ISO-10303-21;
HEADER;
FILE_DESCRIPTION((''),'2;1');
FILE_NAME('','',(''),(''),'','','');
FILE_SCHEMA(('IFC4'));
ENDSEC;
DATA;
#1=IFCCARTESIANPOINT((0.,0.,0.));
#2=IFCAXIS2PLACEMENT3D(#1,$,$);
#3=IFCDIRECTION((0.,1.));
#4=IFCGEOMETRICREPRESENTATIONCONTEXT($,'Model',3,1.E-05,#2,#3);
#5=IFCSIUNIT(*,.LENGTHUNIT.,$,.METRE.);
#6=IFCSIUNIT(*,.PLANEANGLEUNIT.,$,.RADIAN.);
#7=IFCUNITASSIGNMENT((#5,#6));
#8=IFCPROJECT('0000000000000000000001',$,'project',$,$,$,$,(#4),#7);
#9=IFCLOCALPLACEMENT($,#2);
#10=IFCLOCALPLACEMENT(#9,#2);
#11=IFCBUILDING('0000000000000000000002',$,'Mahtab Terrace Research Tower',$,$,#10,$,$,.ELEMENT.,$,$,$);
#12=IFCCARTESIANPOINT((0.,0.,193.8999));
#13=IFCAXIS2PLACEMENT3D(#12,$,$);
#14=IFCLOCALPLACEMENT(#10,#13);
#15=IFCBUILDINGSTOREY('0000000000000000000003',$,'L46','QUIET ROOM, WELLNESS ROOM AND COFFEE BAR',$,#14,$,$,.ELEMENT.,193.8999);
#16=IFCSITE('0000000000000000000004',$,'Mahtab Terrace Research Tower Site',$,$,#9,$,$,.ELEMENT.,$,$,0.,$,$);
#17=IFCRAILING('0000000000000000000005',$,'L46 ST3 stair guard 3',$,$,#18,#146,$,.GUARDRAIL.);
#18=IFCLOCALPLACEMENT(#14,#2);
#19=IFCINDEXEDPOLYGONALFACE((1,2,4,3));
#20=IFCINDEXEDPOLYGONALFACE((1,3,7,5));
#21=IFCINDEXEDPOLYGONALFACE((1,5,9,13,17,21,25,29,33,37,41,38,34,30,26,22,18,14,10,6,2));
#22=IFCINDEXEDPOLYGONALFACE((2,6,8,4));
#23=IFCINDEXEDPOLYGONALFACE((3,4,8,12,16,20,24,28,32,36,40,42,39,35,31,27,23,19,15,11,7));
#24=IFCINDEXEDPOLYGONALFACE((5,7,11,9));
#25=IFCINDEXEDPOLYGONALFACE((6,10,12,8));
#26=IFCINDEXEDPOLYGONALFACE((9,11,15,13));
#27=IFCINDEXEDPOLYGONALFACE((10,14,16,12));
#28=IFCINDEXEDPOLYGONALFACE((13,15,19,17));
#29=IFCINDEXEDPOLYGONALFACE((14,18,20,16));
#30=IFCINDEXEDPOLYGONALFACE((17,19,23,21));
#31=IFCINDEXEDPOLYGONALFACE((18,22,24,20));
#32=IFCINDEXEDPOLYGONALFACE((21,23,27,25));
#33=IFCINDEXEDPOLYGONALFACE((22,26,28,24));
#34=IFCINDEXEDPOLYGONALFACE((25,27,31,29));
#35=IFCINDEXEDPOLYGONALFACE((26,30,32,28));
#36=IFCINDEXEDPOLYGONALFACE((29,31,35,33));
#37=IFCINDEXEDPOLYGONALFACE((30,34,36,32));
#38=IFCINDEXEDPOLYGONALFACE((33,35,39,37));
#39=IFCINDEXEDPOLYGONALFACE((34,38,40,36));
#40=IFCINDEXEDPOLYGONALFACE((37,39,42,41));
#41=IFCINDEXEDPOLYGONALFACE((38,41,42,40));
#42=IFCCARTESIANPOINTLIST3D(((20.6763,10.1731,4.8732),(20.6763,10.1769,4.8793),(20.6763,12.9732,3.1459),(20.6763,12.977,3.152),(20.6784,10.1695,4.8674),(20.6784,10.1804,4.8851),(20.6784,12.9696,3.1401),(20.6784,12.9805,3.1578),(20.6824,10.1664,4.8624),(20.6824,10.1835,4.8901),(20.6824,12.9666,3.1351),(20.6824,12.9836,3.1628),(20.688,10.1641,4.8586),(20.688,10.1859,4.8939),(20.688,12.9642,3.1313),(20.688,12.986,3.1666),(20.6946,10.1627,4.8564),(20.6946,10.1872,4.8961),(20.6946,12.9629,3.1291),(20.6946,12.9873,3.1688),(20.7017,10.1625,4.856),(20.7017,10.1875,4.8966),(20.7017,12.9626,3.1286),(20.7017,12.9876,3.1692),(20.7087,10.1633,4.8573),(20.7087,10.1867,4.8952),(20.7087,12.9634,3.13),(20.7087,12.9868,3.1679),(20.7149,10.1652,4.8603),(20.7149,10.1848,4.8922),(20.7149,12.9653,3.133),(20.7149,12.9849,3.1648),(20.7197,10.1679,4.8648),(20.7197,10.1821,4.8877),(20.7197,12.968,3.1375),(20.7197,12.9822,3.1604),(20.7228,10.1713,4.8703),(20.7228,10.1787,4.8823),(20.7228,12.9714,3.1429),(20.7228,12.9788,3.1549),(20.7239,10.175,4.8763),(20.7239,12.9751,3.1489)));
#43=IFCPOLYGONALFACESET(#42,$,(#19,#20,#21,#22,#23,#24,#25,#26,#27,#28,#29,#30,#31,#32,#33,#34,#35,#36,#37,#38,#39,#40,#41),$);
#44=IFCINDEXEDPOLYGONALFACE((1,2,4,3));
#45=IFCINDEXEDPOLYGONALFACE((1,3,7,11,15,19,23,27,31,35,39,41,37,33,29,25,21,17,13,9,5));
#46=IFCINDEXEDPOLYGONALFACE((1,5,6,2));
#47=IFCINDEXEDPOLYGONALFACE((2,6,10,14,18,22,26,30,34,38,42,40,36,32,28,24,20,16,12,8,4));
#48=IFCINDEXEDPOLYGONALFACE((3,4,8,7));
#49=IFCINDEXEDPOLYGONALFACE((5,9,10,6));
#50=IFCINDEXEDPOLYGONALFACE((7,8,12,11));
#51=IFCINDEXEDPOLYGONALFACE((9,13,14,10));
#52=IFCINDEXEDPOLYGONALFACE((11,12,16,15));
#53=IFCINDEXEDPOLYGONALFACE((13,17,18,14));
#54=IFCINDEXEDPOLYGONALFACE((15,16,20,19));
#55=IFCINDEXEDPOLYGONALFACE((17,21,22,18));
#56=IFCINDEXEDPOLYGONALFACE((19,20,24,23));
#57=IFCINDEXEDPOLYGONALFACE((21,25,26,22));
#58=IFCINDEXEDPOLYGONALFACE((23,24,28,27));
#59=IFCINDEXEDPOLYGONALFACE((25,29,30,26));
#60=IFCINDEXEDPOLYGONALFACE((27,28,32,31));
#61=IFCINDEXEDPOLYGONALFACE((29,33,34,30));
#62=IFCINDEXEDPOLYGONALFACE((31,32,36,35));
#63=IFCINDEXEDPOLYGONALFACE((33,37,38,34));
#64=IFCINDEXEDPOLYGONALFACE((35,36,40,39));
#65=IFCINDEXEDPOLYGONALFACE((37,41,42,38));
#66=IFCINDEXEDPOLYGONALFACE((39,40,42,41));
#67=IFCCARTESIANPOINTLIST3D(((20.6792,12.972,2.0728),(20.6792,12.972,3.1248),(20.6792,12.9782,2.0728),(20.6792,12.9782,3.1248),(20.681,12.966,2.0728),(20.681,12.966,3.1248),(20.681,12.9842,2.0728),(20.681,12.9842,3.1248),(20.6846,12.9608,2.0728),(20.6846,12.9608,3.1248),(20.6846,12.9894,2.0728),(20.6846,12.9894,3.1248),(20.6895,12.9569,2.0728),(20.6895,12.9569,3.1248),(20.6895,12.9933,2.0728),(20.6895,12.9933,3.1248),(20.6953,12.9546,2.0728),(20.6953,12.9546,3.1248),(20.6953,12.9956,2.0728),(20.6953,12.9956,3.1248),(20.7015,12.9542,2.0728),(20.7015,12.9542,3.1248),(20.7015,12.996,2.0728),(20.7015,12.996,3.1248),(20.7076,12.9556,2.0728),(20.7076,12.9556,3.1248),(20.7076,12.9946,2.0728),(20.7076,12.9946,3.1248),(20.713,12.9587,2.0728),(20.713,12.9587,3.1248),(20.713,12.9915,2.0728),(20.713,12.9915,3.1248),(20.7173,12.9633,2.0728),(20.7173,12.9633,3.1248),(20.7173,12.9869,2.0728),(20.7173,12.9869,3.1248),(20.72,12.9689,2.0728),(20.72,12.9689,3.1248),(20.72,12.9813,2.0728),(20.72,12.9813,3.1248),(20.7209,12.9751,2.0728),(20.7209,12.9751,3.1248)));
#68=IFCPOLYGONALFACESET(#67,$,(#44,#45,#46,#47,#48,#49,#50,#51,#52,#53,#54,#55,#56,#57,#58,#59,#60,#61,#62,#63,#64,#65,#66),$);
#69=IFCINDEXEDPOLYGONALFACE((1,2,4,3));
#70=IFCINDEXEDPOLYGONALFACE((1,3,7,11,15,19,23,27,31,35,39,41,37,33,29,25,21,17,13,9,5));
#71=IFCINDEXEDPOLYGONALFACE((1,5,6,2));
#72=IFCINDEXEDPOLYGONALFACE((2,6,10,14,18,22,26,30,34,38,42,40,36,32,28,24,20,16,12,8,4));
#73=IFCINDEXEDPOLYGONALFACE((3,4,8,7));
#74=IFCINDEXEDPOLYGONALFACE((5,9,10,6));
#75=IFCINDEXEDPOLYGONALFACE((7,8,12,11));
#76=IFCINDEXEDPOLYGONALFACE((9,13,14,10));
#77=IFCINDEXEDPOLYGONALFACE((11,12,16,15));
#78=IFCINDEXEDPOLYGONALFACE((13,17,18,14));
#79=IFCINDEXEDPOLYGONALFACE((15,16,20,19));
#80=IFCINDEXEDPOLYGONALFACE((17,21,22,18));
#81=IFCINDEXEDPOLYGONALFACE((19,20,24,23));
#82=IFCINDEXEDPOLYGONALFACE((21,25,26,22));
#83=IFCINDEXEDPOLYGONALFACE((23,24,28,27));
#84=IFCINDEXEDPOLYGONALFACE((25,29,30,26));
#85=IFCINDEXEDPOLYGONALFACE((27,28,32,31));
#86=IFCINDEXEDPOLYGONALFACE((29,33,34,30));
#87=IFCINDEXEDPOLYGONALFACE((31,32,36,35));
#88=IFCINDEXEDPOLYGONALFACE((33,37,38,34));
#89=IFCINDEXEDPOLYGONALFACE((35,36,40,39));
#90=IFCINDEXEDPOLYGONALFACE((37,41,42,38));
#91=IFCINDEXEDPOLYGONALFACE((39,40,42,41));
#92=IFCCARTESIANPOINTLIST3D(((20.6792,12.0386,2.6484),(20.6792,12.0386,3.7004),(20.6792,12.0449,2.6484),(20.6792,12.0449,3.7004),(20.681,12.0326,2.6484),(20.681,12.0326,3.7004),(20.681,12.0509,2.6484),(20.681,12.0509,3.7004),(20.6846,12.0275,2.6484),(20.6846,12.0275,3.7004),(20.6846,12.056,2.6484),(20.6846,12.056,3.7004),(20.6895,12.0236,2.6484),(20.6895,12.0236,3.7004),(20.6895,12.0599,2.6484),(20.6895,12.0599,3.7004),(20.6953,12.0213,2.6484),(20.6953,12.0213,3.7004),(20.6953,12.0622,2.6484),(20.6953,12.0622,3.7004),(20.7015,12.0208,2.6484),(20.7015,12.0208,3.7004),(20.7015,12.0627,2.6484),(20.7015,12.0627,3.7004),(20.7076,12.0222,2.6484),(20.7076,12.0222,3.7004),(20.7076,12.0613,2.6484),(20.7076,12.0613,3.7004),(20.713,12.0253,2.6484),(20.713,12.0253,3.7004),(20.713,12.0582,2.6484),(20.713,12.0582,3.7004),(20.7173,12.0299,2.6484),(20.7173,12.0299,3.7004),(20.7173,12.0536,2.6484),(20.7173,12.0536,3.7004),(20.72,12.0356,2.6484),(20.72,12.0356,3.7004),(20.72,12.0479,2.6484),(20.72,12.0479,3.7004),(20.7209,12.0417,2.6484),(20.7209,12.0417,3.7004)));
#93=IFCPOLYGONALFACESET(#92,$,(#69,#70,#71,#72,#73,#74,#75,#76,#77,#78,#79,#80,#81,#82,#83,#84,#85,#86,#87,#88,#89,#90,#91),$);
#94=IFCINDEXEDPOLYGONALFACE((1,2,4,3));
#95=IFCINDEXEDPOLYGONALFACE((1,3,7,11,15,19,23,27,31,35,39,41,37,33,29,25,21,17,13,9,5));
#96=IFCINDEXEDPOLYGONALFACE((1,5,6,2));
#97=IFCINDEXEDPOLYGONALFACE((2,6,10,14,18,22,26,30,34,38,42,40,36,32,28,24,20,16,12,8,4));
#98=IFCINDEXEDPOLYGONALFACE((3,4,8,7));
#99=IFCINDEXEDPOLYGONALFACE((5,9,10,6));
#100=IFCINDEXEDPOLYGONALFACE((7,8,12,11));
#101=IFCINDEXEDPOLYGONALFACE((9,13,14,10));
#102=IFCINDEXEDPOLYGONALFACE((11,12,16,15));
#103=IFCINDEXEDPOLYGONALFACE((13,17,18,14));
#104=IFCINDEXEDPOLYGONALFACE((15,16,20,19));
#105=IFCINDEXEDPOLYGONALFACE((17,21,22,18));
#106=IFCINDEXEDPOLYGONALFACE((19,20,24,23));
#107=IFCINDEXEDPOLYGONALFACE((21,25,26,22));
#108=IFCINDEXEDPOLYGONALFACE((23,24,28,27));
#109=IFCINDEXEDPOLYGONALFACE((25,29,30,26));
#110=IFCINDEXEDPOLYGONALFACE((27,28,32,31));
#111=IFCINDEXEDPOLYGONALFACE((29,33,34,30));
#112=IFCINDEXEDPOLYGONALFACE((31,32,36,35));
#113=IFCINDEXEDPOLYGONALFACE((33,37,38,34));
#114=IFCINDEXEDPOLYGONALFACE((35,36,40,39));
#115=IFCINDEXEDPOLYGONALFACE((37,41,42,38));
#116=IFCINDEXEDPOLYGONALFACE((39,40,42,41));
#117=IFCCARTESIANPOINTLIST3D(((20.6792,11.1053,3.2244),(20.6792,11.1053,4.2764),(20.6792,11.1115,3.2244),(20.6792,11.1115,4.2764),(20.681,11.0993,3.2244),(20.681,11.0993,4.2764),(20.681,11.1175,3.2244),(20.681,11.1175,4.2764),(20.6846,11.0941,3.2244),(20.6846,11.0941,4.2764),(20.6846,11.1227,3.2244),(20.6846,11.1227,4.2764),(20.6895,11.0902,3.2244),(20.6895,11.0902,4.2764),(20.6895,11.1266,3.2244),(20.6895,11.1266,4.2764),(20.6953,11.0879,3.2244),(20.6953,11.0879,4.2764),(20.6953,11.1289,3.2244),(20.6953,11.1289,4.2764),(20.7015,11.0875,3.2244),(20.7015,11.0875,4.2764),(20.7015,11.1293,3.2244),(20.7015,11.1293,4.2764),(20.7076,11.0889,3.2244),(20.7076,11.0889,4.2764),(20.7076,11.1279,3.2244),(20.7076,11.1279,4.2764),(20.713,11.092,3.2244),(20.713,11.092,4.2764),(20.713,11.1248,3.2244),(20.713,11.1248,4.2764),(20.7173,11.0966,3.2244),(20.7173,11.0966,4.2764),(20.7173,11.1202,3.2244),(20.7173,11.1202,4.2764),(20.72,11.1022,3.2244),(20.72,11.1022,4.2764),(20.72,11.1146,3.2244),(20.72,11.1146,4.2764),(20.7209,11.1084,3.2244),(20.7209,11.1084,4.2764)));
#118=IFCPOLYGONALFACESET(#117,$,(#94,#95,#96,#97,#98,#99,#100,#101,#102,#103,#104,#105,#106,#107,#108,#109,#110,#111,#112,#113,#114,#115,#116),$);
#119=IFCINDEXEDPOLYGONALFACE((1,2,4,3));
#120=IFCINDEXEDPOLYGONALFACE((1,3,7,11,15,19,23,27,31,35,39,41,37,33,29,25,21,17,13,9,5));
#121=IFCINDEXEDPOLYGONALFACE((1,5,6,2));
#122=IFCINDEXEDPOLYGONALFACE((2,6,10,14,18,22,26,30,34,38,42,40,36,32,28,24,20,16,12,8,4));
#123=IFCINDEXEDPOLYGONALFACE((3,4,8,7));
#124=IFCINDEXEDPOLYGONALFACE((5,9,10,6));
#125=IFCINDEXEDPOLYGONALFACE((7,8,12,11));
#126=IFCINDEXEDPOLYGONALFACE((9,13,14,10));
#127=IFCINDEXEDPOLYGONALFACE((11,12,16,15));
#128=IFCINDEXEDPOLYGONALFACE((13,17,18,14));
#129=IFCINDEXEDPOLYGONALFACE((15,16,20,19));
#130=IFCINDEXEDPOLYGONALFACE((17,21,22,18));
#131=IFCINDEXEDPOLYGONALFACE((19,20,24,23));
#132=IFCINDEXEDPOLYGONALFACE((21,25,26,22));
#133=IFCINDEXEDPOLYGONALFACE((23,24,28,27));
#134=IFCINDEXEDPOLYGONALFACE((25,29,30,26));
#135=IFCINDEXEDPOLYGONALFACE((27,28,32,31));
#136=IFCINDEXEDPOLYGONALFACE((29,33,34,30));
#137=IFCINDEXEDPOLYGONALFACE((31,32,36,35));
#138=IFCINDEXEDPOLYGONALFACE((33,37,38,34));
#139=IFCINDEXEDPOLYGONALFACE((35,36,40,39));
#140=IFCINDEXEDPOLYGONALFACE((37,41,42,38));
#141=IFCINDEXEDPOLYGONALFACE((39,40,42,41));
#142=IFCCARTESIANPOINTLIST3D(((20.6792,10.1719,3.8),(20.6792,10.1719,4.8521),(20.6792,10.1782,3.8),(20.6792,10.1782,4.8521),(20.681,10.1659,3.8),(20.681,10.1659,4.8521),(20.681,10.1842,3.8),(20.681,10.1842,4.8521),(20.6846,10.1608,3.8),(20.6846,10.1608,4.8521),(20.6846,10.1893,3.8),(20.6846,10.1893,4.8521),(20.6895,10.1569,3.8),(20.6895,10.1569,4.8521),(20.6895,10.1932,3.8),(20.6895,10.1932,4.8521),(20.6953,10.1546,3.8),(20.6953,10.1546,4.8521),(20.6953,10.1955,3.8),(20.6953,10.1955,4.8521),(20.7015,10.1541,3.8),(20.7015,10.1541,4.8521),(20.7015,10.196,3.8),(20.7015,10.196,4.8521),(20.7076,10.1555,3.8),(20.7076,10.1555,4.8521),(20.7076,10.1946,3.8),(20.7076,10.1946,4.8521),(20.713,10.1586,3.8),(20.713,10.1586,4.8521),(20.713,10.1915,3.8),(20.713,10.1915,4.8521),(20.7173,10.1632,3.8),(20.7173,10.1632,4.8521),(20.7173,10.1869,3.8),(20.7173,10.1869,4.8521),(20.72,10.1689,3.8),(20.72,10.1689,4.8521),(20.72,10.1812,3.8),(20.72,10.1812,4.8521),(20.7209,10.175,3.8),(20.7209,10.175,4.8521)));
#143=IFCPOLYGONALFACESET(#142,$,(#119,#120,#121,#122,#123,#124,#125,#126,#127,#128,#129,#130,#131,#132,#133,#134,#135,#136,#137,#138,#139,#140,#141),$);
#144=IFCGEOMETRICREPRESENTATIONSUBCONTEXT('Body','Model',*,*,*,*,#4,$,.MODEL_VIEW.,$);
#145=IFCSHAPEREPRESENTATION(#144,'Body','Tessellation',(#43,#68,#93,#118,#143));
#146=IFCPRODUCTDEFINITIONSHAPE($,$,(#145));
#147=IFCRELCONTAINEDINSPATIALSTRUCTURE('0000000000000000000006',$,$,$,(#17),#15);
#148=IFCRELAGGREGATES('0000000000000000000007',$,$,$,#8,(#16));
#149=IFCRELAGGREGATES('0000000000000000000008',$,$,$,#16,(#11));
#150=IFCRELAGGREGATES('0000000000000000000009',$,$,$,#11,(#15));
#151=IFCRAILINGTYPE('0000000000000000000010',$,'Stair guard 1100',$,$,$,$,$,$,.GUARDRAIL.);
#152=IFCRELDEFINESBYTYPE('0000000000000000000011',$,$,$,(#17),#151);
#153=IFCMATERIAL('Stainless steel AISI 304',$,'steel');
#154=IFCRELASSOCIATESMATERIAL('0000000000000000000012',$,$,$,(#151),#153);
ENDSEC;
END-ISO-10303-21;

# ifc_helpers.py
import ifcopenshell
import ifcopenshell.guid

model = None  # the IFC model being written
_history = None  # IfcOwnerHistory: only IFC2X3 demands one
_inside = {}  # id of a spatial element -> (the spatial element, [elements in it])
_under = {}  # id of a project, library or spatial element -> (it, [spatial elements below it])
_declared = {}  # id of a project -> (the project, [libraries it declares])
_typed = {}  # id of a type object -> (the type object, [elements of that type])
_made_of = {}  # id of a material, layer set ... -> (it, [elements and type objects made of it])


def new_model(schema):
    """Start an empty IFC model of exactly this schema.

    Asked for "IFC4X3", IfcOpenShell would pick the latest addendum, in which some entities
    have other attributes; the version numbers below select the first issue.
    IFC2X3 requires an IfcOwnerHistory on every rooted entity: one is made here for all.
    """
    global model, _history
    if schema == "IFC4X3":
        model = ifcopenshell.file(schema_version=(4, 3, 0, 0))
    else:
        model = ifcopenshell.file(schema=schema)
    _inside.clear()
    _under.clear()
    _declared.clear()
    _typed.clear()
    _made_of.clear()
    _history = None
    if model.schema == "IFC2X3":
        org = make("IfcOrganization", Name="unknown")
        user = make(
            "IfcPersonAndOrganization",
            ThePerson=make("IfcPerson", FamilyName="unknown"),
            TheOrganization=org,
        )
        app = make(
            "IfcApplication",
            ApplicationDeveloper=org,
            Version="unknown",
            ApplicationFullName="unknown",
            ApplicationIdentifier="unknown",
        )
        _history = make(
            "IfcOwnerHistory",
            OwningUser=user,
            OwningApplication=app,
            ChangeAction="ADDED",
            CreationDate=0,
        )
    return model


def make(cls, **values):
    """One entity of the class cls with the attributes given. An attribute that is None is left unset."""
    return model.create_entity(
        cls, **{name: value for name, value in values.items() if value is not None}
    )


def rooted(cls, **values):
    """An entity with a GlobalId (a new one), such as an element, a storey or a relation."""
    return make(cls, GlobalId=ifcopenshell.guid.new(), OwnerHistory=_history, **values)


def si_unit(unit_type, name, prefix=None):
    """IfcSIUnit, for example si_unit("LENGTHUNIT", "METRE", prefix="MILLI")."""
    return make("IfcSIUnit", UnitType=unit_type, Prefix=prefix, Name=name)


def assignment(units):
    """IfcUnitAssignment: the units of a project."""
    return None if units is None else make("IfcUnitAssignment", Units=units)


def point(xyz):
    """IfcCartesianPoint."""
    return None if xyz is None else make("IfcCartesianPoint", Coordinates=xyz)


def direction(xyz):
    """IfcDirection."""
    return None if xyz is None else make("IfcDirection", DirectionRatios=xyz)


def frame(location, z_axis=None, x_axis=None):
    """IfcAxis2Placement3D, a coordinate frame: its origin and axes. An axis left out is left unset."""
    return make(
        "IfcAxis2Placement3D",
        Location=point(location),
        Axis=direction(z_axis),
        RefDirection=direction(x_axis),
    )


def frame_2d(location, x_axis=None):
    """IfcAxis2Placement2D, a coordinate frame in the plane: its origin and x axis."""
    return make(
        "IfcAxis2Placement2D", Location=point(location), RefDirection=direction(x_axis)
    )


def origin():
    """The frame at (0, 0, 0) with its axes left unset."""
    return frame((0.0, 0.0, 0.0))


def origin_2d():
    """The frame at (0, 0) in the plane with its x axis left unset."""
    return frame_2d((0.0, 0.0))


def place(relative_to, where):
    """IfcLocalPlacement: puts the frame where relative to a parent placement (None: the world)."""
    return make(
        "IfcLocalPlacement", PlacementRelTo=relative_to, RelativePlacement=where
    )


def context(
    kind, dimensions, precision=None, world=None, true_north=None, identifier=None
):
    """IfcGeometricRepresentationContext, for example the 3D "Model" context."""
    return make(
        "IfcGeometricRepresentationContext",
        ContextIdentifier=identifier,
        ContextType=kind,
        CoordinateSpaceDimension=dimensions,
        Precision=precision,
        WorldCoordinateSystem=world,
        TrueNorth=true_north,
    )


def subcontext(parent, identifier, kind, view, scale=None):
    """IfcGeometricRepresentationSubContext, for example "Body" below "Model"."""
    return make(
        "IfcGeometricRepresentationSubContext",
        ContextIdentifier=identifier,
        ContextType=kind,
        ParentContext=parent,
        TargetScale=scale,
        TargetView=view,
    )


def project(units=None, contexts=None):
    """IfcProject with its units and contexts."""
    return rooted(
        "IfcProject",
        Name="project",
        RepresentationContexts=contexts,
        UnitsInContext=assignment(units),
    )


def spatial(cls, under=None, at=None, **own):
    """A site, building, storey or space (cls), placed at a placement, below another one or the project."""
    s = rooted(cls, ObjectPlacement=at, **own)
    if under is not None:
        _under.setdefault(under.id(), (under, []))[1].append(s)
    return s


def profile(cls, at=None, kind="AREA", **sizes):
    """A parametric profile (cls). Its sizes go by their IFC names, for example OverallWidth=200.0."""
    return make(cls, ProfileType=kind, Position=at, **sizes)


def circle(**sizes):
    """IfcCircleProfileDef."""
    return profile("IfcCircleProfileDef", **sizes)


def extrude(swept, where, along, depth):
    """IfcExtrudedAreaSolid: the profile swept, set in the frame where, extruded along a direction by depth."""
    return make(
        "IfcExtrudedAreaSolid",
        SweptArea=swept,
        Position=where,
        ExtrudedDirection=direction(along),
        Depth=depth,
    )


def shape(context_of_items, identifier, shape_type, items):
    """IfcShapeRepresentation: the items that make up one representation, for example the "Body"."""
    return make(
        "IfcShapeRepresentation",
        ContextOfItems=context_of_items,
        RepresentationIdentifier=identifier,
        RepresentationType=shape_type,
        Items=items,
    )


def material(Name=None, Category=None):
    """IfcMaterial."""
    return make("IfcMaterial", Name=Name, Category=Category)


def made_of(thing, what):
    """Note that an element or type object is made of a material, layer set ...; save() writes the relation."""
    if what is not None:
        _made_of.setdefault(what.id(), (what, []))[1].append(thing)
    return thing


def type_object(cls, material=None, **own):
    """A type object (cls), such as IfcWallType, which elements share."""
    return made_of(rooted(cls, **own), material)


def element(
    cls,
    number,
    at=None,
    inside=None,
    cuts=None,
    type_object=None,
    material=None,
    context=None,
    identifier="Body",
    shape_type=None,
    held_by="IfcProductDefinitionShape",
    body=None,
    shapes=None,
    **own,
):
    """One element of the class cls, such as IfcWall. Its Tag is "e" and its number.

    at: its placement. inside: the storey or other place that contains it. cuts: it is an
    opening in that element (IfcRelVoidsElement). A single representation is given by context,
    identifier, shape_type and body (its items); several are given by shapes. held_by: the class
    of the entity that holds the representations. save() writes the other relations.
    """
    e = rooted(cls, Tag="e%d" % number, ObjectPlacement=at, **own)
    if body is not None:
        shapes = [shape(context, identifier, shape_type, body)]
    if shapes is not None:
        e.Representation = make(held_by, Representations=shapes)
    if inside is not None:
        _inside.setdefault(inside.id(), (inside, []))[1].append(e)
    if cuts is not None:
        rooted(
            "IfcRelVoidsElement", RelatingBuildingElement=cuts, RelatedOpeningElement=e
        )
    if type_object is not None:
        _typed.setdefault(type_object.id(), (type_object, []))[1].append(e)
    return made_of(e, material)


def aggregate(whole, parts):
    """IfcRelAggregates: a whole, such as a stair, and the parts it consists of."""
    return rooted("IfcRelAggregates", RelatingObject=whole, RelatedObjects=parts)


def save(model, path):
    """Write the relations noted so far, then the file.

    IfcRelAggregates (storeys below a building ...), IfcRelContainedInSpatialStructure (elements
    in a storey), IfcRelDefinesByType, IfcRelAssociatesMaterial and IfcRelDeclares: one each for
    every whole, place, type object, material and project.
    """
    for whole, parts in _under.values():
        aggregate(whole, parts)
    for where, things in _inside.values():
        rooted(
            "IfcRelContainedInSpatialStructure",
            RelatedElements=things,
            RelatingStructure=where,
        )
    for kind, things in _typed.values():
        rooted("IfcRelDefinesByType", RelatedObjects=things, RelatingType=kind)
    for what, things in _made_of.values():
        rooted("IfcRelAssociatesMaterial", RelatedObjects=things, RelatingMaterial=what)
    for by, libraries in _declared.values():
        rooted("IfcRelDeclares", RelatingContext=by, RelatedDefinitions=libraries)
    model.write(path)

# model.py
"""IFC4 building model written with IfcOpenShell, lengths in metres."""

from ifc_helpers import new_model, si_unit, direction, frame, origin, origin_2d, place, context, subcontext, project, spatial, circle, extrude, material, type_object, element, save


model = new_model("IFC4")

# Units and contexts
model_context = context("Model", 3, precision=1e-05, world=origin(), true_north=direction((0.0, 1.0)))
body_context = subcontext(model_context, "Body", "Model", "MODEL_VIEW")
ifc_project = project(units=[si_unit("LENGTHUNIT", "METRE"), si_unit("PLANEANGLEUNIT", "RADIAN")], contexts=[model_context])

# Site, building, storey
site_placement = place(None, origin())
site = spatial("IfcSite", under=ifc_project, at=site_placement, Name="Mahtab Terrace Research Tower Site", CompositionType="ELEMENT", RefElevation=0.0)
building_placement = place(site_placement, origin())
building = spatial("IfcBuilding", under=site, at=building_placement, Name="Mahtab Terrace Research Tower", CompositionType="ELEMENT")
storey_placement = place(building_placement, frame((0.0, 0.0, 193.8999)))
storey = spatial("IfcBuildingStorey", under=building, at=storey_placement, Name="L46", Description="QUIET ROOM, WELLNESS ROOM AND COFFEE BAR", CompositionType="ELEMENT", Elevation=193.8999)

# Shared definitions
ifc_material_1 = material(Name="Stainless steel AISI 304", Category="steel")

# Railing
railing_type_1 = type_object("IfcRailingType", Name="Stair guard 1100", PredefinedType="GUARDRAIL", material=ifc_material_1)
railing_1_placement = place(storey_placement, frame((20.7, 12.9751, 2.0728)))
element("IfcRailing", 1, at=railing_1_placement, inside=storey, type_object=railing_type_1, Name="L46 ST3 stair guard 3", PredefinedType="GUARDRAIL", context=body_context, shape_type="SweptSolid", body=[
    extrude(circle(Radius=0.0239, at=origin_2d()), frame((0.0, 0.0, 1.0762), z_axis=(0.0, -0.85109, 0.52502), x_axis=(1.0, 0.0, 0.0)), (0.0, 0.0, 1.0), 3.29),
    extrude(circle(Radius=0.021, at=origin_2d()), origin(), (0.0, 0.0, 1.0), 1.052),
    extrude(circle(Radius=0.021, at=origin_2d()), frame((0.0, -0.9333, 0.5757)), (0.0, 0.0, 1.0), 1.052),
    extrude(circle(Radius=0.021, at=origin_2d()), frame((0.0, -1.8667, 1.1516)), (0.0, 0.0, 1.0), 1.052),
    extrude(circle(Radius=0.021, at=origin_2d()), frame((0.0, -2.8, 1.7273)), (0.0, 0.0, 1.0), 1.052),
])

save(model, "model.ifc")
